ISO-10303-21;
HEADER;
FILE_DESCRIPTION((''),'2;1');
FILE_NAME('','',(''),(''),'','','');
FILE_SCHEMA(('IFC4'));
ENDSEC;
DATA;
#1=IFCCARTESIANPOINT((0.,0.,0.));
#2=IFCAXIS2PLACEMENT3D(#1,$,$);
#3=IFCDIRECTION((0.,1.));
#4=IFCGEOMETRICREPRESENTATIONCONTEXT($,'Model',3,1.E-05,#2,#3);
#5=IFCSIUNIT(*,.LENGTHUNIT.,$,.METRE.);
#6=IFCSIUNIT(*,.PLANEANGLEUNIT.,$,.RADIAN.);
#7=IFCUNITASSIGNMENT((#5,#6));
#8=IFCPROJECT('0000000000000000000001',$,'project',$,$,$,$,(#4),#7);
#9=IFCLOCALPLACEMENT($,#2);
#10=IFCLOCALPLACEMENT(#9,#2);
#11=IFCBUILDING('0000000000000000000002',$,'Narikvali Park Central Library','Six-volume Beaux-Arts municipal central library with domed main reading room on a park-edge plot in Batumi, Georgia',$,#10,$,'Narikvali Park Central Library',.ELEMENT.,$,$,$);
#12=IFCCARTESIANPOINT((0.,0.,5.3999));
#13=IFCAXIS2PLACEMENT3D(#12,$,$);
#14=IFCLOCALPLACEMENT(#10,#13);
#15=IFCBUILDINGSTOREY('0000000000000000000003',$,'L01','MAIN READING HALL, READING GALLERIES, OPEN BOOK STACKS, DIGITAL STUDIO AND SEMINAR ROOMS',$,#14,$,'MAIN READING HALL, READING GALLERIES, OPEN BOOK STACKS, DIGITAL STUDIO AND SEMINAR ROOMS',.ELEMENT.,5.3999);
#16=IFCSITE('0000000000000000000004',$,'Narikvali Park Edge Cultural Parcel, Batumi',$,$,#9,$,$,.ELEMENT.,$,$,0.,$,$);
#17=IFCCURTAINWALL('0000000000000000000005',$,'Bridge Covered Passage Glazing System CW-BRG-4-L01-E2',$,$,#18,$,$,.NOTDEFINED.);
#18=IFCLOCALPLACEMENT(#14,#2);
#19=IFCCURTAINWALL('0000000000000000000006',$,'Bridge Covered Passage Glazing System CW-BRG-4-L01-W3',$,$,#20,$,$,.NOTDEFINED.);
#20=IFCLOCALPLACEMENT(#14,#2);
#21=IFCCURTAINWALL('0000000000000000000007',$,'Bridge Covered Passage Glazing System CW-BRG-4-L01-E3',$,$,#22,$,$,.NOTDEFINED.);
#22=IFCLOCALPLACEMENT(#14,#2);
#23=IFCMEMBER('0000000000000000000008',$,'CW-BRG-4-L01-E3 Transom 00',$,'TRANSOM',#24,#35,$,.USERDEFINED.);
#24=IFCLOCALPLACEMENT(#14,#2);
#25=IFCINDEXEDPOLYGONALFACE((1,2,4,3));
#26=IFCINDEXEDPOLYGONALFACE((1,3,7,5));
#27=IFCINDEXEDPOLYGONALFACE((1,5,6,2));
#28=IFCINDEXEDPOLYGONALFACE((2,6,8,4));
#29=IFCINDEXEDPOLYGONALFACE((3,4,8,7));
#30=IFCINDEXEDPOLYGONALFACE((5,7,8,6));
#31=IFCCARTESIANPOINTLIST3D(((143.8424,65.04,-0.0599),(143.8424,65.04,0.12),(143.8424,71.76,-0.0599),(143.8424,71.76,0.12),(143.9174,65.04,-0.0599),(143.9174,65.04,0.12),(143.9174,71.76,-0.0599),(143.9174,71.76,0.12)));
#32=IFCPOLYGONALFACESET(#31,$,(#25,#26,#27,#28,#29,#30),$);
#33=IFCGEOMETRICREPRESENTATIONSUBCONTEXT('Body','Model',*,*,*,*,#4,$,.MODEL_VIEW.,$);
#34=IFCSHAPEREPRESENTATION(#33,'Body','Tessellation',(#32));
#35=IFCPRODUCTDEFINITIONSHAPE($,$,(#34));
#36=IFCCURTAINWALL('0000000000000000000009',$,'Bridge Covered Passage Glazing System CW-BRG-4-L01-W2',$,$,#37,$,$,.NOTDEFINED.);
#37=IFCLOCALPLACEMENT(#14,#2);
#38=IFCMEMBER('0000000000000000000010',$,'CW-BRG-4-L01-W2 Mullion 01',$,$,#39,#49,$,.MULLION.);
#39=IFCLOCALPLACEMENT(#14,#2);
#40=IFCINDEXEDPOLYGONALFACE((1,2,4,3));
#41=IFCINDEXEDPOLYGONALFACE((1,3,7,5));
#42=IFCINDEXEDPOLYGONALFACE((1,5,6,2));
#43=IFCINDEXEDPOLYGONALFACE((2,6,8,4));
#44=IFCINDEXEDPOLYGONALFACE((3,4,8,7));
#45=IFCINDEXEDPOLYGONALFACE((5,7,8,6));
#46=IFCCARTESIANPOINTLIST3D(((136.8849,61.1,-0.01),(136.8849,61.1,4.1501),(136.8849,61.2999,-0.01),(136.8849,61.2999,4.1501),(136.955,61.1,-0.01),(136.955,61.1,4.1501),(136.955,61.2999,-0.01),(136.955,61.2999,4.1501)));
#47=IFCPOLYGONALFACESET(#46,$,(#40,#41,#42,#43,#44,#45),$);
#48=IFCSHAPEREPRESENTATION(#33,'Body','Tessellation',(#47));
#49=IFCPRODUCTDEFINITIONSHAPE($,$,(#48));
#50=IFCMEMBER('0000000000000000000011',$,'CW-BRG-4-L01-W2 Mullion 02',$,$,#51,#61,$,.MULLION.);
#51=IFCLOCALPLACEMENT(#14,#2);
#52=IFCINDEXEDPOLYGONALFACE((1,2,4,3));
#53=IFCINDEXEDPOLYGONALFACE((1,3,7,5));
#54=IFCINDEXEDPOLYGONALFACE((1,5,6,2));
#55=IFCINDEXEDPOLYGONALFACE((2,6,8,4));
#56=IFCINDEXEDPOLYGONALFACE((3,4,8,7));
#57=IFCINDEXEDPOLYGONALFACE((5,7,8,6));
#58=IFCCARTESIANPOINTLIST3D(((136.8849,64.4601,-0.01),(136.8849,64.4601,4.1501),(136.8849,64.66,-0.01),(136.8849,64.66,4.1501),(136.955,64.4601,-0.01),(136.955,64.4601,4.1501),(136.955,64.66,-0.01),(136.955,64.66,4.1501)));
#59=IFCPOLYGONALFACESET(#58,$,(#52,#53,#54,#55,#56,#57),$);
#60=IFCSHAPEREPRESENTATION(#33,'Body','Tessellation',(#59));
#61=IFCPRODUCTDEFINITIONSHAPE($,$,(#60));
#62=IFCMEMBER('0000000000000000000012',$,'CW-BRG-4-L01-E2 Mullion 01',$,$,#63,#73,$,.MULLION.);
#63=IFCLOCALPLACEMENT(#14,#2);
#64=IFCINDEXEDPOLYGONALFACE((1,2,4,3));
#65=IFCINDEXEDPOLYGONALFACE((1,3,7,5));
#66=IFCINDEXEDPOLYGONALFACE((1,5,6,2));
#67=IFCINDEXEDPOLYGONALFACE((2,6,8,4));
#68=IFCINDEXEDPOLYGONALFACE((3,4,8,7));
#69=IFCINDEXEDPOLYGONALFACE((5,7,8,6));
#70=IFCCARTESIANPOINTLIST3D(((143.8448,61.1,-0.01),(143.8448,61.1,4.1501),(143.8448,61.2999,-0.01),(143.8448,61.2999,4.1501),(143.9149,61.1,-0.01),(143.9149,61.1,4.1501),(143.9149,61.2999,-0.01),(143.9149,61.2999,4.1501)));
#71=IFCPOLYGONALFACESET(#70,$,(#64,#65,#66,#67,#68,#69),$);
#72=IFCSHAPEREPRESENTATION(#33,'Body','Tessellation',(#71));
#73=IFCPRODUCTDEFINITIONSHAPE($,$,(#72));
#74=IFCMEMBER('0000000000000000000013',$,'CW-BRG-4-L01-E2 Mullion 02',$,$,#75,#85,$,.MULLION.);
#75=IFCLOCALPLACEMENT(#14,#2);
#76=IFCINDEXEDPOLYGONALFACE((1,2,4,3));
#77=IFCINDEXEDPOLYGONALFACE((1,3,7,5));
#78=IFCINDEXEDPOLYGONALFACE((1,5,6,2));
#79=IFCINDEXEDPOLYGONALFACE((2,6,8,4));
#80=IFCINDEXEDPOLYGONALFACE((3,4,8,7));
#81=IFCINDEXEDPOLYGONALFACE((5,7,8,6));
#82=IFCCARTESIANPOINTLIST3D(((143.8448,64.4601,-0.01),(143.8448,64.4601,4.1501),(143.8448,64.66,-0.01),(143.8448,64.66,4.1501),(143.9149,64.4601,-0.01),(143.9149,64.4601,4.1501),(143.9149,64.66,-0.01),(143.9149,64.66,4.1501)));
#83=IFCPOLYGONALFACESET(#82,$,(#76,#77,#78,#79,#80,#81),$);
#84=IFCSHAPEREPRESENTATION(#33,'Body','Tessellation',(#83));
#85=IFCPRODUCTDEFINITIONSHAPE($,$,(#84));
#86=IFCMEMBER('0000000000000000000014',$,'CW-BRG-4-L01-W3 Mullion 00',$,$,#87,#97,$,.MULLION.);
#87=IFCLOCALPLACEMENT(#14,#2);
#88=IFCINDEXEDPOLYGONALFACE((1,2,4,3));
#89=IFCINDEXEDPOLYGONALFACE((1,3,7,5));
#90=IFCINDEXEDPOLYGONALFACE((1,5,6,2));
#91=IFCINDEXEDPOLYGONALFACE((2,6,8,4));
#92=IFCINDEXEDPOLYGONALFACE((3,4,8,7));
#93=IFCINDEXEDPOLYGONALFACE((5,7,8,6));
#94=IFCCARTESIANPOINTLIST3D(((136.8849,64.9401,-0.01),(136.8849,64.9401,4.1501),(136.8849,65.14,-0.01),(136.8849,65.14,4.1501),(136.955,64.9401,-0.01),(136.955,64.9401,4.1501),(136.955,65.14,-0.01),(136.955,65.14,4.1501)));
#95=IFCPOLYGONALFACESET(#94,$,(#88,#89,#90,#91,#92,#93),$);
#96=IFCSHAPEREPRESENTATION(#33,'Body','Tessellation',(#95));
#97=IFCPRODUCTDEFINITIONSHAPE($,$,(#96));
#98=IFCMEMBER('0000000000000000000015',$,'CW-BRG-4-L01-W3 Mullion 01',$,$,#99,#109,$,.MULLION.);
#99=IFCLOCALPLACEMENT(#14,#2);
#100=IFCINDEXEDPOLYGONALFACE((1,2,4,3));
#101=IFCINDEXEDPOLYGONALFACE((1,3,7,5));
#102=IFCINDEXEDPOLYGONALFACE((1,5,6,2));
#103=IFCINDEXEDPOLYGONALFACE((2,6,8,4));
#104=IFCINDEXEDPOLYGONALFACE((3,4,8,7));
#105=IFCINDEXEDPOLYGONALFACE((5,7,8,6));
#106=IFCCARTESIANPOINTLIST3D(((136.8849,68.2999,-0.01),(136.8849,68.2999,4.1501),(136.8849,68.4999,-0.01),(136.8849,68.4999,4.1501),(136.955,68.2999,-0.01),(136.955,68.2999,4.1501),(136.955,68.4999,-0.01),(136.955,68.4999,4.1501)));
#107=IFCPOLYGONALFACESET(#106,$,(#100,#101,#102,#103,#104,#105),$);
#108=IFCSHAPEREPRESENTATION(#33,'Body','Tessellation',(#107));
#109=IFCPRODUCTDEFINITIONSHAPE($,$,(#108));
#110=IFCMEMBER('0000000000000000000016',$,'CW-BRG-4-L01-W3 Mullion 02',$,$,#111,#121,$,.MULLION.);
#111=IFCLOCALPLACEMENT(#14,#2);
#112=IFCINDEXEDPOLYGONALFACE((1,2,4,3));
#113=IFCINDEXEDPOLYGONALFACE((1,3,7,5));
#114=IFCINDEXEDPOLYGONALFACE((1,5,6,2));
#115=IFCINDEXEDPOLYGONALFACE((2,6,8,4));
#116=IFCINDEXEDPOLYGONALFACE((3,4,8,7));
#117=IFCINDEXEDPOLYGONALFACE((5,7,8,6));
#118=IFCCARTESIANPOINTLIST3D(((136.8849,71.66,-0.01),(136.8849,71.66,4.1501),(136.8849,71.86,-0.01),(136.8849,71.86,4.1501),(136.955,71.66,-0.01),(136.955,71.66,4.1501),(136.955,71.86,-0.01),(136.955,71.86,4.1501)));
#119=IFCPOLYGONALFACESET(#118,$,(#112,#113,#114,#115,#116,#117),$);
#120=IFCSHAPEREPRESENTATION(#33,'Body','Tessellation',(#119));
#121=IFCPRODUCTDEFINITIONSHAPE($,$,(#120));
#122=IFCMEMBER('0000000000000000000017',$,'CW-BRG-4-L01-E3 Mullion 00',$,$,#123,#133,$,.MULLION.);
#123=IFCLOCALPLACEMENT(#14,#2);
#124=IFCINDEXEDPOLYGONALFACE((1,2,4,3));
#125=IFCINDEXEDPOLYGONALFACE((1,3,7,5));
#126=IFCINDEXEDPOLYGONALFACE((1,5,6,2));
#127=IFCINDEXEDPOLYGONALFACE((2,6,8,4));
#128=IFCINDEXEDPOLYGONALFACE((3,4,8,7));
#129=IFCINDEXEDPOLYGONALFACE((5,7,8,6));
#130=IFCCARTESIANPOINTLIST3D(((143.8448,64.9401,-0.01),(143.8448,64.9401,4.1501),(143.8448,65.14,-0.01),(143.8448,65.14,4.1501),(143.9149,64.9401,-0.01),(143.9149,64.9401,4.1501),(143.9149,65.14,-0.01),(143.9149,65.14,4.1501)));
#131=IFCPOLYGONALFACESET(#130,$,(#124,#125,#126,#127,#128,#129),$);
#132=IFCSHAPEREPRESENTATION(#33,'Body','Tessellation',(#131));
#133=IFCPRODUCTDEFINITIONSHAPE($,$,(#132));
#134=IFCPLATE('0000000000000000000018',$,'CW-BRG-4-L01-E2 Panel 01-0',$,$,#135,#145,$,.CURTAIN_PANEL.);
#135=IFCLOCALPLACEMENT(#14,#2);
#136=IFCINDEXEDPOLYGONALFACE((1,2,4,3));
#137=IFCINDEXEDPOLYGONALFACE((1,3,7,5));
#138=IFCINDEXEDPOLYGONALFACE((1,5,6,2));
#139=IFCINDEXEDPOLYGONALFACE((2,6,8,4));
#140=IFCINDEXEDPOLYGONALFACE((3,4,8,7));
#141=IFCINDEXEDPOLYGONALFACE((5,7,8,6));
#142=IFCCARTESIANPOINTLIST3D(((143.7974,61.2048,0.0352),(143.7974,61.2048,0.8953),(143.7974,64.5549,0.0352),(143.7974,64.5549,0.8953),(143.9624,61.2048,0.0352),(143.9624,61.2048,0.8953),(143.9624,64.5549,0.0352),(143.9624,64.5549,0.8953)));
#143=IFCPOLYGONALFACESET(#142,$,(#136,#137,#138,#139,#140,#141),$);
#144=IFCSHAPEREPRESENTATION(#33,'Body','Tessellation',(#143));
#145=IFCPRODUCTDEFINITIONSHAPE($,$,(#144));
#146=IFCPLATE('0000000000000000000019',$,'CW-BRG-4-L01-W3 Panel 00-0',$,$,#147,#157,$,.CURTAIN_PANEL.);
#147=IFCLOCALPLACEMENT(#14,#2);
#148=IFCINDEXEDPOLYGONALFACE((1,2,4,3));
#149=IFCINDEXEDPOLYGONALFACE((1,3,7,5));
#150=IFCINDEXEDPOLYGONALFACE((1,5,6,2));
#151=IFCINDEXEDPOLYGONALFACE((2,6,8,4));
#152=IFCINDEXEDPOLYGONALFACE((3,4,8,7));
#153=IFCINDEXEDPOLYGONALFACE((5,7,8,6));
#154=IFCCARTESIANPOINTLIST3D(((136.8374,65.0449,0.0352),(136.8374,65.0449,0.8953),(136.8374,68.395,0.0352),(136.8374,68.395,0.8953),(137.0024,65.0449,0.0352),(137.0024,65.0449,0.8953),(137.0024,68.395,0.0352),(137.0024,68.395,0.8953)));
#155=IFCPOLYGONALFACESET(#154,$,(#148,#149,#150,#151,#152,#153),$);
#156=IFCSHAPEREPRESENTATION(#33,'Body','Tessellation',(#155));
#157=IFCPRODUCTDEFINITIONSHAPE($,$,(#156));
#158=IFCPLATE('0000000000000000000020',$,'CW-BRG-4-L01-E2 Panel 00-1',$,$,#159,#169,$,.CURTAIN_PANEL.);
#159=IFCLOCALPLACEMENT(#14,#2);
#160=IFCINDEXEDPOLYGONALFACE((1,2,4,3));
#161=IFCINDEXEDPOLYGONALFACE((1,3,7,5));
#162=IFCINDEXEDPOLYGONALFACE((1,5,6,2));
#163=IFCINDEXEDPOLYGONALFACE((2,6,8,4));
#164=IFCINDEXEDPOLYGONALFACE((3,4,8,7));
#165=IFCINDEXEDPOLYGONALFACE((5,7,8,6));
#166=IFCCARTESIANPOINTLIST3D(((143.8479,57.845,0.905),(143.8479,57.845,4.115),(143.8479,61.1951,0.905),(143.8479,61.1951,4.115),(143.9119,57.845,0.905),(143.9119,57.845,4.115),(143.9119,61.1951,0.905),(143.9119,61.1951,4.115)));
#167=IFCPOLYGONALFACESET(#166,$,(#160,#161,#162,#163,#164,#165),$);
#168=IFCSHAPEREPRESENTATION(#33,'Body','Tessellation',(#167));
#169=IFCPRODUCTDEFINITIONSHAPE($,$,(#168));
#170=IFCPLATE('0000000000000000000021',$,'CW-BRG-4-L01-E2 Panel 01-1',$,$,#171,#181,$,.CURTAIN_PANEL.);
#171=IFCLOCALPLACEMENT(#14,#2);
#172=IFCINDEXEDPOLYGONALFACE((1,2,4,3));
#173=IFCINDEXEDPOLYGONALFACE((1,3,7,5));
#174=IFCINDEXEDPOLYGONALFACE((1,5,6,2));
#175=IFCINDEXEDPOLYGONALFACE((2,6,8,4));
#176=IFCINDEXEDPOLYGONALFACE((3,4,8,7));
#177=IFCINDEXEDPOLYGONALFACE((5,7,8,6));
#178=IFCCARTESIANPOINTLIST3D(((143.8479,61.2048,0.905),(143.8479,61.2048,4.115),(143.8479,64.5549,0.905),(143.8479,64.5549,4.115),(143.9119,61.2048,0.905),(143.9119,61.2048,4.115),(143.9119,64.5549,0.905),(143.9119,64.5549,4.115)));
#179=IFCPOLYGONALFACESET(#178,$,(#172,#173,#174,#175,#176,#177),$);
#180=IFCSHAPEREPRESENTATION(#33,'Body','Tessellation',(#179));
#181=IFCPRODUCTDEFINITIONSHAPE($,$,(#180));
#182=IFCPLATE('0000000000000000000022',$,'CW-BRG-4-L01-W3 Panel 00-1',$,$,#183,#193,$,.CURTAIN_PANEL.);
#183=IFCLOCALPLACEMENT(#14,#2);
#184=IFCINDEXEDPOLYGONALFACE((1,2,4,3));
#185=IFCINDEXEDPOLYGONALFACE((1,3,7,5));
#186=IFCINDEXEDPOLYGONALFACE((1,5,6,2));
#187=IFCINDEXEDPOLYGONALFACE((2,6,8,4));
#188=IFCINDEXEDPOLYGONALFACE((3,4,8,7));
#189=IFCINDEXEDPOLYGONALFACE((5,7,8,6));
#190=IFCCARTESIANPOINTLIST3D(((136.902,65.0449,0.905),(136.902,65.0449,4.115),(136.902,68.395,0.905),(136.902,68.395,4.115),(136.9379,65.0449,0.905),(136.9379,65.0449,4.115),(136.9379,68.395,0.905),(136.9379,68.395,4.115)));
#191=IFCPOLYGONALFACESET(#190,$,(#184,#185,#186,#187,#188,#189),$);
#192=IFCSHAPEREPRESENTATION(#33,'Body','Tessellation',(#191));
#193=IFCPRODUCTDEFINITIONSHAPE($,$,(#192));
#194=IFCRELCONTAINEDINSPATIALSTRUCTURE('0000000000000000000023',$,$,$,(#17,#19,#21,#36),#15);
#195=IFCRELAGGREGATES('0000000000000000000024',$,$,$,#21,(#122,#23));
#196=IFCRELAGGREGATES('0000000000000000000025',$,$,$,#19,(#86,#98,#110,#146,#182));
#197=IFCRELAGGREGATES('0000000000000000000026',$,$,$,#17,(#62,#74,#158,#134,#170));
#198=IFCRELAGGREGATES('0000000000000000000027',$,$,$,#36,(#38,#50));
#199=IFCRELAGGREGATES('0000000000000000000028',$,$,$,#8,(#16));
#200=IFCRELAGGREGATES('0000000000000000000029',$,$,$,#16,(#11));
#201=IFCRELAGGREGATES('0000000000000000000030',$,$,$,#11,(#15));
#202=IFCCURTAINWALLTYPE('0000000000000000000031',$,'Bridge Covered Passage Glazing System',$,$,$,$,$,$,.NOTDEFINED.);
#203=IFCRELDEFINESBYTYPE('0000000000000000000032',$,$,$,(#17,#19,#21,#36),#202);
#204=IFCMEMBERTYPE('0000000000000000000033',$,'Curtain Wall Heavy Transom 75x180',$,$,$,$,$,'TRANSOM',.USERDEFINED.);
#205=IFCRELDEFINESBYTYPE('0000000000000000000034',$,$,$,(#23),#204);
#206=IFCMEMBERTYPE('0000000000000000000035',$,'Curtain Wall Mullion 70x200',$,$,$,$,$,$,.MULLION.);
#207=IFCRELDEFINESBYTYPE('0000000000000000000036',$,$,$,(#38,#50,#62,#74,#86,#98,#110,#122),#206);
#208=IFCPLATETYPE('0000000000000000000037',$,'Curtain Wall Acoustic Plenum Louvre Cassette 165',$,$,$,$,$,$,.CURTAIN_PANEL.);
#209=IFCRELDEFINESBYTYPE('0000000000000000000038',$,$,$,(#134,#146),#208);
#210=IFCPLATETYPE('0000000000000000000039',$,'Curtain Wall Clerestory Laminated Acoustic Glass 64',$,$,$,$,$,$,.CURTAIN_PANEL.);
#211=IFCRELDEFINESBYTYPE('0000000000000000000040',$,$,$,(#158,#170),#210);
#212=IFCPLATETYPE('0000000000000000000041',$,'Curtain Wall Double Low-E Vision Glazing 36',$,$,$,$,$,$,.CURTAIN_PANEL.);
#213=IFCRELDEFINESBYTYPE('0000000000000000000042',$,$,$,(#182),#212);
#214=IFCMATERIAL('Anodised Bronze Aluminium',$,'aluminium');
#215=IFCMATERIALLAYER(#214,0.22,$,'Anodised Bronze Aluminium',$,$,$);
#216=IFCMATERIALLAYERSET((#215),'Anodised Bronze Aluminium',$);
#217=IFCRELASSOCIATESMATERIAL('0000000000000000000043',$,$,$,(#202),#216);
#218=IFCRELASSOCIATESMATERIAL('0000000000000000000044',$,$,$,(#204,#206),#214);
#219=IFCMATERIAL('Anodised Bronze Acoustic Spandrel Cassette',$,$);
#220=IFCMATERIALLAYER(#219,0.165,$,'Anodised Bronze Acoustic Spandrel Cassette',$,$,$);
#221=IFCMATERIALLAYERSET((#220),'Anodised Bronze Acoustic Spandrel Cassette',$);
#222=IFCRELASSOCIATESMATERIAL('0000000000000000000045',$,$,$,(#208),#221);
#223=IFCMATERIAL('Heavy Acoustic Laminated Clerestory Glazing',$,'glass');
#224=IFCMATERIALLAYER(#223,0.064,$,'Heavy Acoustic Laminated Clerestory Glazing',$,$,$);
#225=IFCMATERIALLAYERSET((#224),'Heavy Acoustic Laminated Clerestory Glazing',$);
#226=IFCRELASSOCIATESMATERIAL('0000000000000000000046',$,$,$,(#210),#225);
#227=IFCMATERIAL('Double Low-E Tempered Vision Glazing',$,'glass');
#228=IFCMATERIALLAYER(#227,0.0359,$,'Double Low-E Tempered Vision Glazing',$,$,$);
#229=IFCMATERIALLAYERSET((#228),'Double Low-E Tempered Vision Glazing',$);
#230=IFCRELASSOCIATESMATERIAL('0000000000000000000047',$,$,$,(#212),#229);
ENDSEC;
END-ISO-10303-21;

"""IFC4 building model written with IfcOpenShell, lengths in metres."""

from ifc_helpers import new_model, si_unit, direction, frame, origin, origin_2d, place, context, subcontext, project, spatial, rectangle, extrude, material, layer, layer_set, material_profile, profile_set, type_object, element, aggregate, save


model = new_model("IFC4")

# Units and contexts
model_context = context("Model", 3, precision=1e-05, world=origin(), true_north=direction((0.0, 1.0)))
body_context = subcontext(model_context, "Body", "Model", "MODEL_VIEW")
ifc_project = project(units=[si_unit("LENGTHUNIT", "METRE"), si_unit("PLANEANGLEUNIT", "RADIAN")], contexts=[model_context])

# Site, building, storey
site_placement = place(None, origin())
site = spatial("IfcSite", under=ifc_project, at=site_placement, Name="Narikvali Park Edge Cultural Parcel, Batumi", CompositionType="ELEMENT", RefElevation=0.0)
building_placement = place(site_placement, origin())
building = spatial("IfcBuilding", under=site, at=building_placement, Name="Narikvali Park Central Library", Description="Six-volume Beaux-Arts municipal central library with domed main reading room on a park-edge plot in Batumi, Georgia", LongName="Narikvali Park Central Library", CompositionType="ELEMENT")
storey_placement = place(building_placement, frame((0.0, 0.0, 5.3999)))
storey = spatial("IfcBuildingStorey", under=building, at=storey_placement, Name="L01", Description="MAIN READING HALL, READING GALLERIES, OPEN BOOK STACKS, DIGITAL STUDIO AND SEMINAR ROOMS", LongName="MAIN READING HALL, READING GALLERIES, OPEN BOOK STACKS, DIGITAL STUDIO AND SEMINAR ROOMS", CompositionType="ELEMENT", Elevation=5.3999)

# Curtain wall
ifc_material_1 = material(Name="Anodised Bronze Aluminium", Category="aluminium")
ifc_layer_1 = layer(ifc_material_1, 0.22, Name="Anodised Bronze Aluminium")
ifc_layer_set_1 = layer_set([ifc_layer_1], Name="Anodised Bronze Aluminium")
curtain_wall_type = type_object("IfcCurtainWallType", Name="Bridge Covered Passage Glazing System", PredefinedType="NOTDEFINED", material=ifc_layer_set_1)
curtain_wall_1_placement = place(storey_placement, origin())
curtain_wall_1 = element("IfcCurtainWall", 1, at=curtain_wall_1_placement, inside=storey, type_object=curtain_wall_type, Name="Bridge Covered Passage Glazing System CW-BRG-4-L01-E2", PredefinedType="NOTDEFINED")
ifc_material_profile_1 = material_profile(ifc_material_1, rectangle(XDim=0.075, YDim=0.1799, at=origin_2d()), Name="CW TRANSOM 75x180")
ifc_profile_set_1 = profile_set([ifc_material_profile_1], Name="Anodised Bronze Aluminium")
member_type_1 = type_object("IfcMemberType", Name="Curtain Wall Heavy Transom 75x180", ElementType="TRANSOM", PredefinedType="USERDEFINED", material=ifc_profile_set_1)

# Curtain wall
curtain_wall_2_placement = place(storey_placement, origin())
curtain_wall_2 = element("IfcCurtainWall", 2, at=curtain_wall_2_placement, inside=storey, type_object=curtain_wall_type, Name="Bridge Covered Passage Glazing System CW-BRG-4-L01-W3", PredefinedType="NOTDEFINED")

# Curtain wall, member
curtain_wall_3_placement = place(storey_placement, origin())
curtain_wall_3 = element("IfcCurtainWall", 3, at=curtain_wall_3_placement, inside=storey, type_object=curtain_wall_type, Name="Bridge Covered Passage Glazing System CW-BRG-4-L01-E3", PredefinedType="NOTDEFINED")
member_1_placement = place(storey_placement, frame((143.8799, 65.04, 0.03), z_axis=(0.0, 1.0, 0.0), x_axis=(-1.0, 0.0, 0.0)))
member_1 = element("IfcMember", 4, at=member_1_placement, type_object=member_type_1, Name="CW-BRG-4-L01-E3 Transom 00", ObjectType="TRANSOM", PredefinedType="USERDEFINED", context=body_context, shape_type="SweptSolid", body=[
    extrude(rectangle(XDim=0.075, YDim=0.1799, at=origin_2d()), origin(), (0.0, 0.0, 1.0), 6.72),
])

# Curtain wall, members
curtain_wall_4_placement = place(storey_placement, origin())
curtain_wall_4 = element("IfcCurtainWall", 5, at=curtain_wall_4_placement, inside=storey, type_object=curtain_wall_type, Name="Bridge Covered Passage Glazing System CW-BRG-4-L01-W2", PredefinedType="NOTDEFINED")
ifc_material_profile_2 = material_profile(ifc_material_1, rectangle(XDim=0.0701, YDim=0.2, at=origin_2d()), Name="CW MULLION 70x200")
ifc_profile_set_2 = profile_set([ifc_material_profile_2], Name="Anodised Bronze Aluminium")
member_type_2 = type_object("IfcMemberType", Name="Curtain Wall Mullion 70x200", PredefinedType="MULLION", material=ifc_profile_set_2)
member_2_placement = place(storey_placement, frame((136.9199, 61.2, -0.01), z_axis=(0.0, 0.0, 1.0), x_axis=(1.0, 0.0, 0.0)))
member_2 = element("IfcMember", 6, at=member_2_placement, type_object=member_type_2, Name="CW-BRG-4-L01-W2 Mullion 01", PredefinedType="MULLION", context=body_context, shape_type="SweptSolid", body=[
    extrude(rectangle(XDim=0.0701, YDim=0.2, at=origin_2d()), origin(), (0.0, 0.0, 1.0), 4.1602),
])
member_3_placement = place(storey_placement, frame((136.9199, 64.5601, -0.01), z_axis=(0.0, 0.0, 1.0), x_axis=(1.0, 0.0, 0.0)))
member_3 = element("IfcMember", 7, at=member_3_placement, type_object=member_type_2, Name="CW-BRG-4-L01-W2 Mullion 02", PredefinedType="MULLION", context=body_context, shape_type="SweptSolid", body=[
    extrude(rectangle(XDim=0.0701, YDim=0.2, at=origin_2d()), origin(), (0.0, 0.0, 1.0), 4.1602),
])

# Members
member_4_placement = place(storey_placement, frame((143.8799, 61.2, -0.01), z_axis=(0.0, 0.0, 1.0), x_axis=(1.0, 0.0, 0.0)))
member_4 = element("IfcMember", 8, at=member_4_placement, type_object=member_type_2, Name="CW-BRG-4-L01-E2 Mullion 01", PredefinedType="MULLION", context=body_context, shape_type="SweptSolid", body=[
    extrude(rectangle(XDim=0.0701, YDim=0.2, at=origin_2d()), origin(), (0.0, 0.0, 1.0), 4.1602),
])
member_5_placement = place(storey_placement, frame((143.8799, 64.5601, -0.01), z_axis=(0.0, 0.0, 1.0), x_axis=(1.0, 0.0, 0.0)))
member_5 = element("IfcMember", 9, at=member_5_placement, type_object=member_type_2, Name="CW-BRG-4-L01-E2 Mullion 02", PredefinedType="MULLION", context=body_context, shape_type="SweptSolid", body=[
    extrude(rectangle(XDim=0.0701, YDim=0.2, at=origin_2d()), origin(), (0.0, 0.0, 1.0), 4.1602),
])
member_6_placement = place(storey_placement, frame((136.9199, 65.04, -0.01), z_axis=(0.0, 0.0, 1.0), x_axis=(1.0, 0.0, 0.0)))
member_6 = element("IfcMember", 10, at=member_6_placement, type_object=member_type_2, Name="CW-BRG-4-L01-W3 Mullion 00", PredefinedType="MULLION", context=body_context, shape_type="SweptSolid", body=[
    extrude(rectangle(XDim=0.0701, YDim=0.2, at=origin_2d()), origin(), (0.0, 0.0, 1.0), 4.1602),
])
member_7_placement = place(storey_placement, frame((136.9199, 68.3999, -0.01), z_axis=(0.0, 0.0, 1.0), x_axis=(1.0, 0.0, 0.0)))
member_7 = element("IfcMember", 11, at=member_7_placement, type_object=member_type_2, Name="CW-BRG-4-L01-W3 Mullion 01", PredefinedType="MULLION", context=body_context, shape_type="SweptSolid", body=[
    extrude(rectangle(XDim=0.0701, YDim=0.2, at=origin_2d()), origin(), (0.0, 0.0, 1.0), 4.1602),
])
member_8_placement = place(storey_placement, frame((136.9199, 71.76, -0.01), z_axis=(0.0, 0.0, 1.0), x_axis=(1.0, 0.0, 0.0)))
member_8 = element("IfcMember", 12, at=member_8_placement, type_object=member_type_2, Name="CW-BRG-4-L01-W3 Mullion 02", PredefinedType="MULLION", context=body_context, shape_type="SweptSolid", body=[
    extrude(rectangle(XDim=0.0701, YDim=0.2, at=origin_2d()), origin(), (0.0, 0.0, 1.0), 4.1602),
])
member_9_placement = place(storey_placement, frame((143.8799, 65.04, -0.01), z_axis=(0.0, 0.0, 1.0), x_axis=(1.0, 0.0, 0.0)))
member_9 = element("IfcMember", 13, at=member_9_placement, type_object=member_type_2, Name="CW-BRG-4-L01-E3 Mullion 00", PredefinedType="MULLION", context=body_context, shape_type="SweptSolid", body=[
    extrude(rectangle(XDim=0.0701, YDim=0.2, at=origin_2d()), origin(), (0.0, 0.0, 1.0), 4.1602),
])
aggregate(curtain_wall_3, [member_9, member_1])

# Plates
ifc_material_2 = material(Name="Anodised Bronze Acoustic Spandrel Cassette")
ifc_layer_2 = layer(ifc_material_2, 0.165, Name="Anodised Bronze Acoustic Spandrel Cassette")
ifc_layer_set_2 = layer_set([ifc_layer_2], Name="Anodised Bronze Acoustic Spandrel Cassette")
plate_type_1 = type_object("IfcPlateType", Name="Curtain Wall Acoustic Plenum Louvre Cassette 165", PredefinedType="CURTAIN_PANEL", material=ifc_layer_set_2)
plate_1_placement = place(storey_placement, frame((143.8799, 62.8799, 0.0352), z_axis=(0.0, 0.0, 1.0), x_axis=(0.0, 1.0, 0.0)))
plate_1 = element("IfcPlate", 14, at=plate_1_placement, type_object=plate_type_1, Name="CW-BRG-4-L01-E2 Panel 01-0", PredefinedType="CURTAIN_PANEL", context=body_context, shape_type="SweptSolid", body=[
    extrude(rectangle(XDim=3.3501, YDim=0.165, at=origin_2d()), origin(), (0.0, 0.0, 1.0), 0.8601),
])
plate_2_placement = place(storey_placement, frame((136.9199, 66.72, 0.0352), z_axis=(0.0, 0.0, 1.0), x_axis=(0.0, 1.0, 0.0)))
plate_2 = element("IfcPlate", 15, at=plate_2_placement, type_object=plate_type_1, Name="CW-BRG-4-L01-W3 Panel 00-0", PredefinedType="CURTAIN_PANEL", context=body_context, shape_type="SweptSolid", body=[
    extrude(rectangle(XDim=3.3501, YDim=0.165, at=origin_2d()), origin(), (0.0, 0.0, 1.0), 0.8601),
])
ifc_material_3 = material(Name="Heavy Acoustic Laminated Clerestory Glazing", Category="glass")
ifc_layer_3 = layer(ifc_material_3, 0.064, Name="Heavy Acoustic Laminated Clerestory Glazing")
ifc_layer_set_3 = layer_set([ifc_layer_3], Name="Heavy Acoustic Laminated Clerestory Glazing")
plate_type_2 = type_object("IfcPlateType", Name="Curtain Wall Clerestory Laminated Acoustic Glass 64", PredefinedType="CURTAIN_PANEL", material=ifc_layer_set_3)
plate_3_placement = place(storey_placement, frame((143.8799, 59.52, 0.905), z_axis=(0.0, 0.0, 1.0), x_axis=(0.0, 1.0, 0.0)))
plate_3 = element("IfcPlate", 16, at=plate_3_placement, type_object=plate_type_2, Name="CW-BRG-4-L01-E2 Panel 00-1", PredefinedType="CURTAIN_PANEL", context=body_context, shape_type="SweptSolid", body=[
    extrude(rectangle(XDim=3.3501, YDim=0.064, at=origin_2d()), origin(), (0.0, 0.0, 1.0), 3.21),
])
plate_4_placement = place(storey_placement, frame((143.8799, 62.8799, 0.905), z_axis=(0.0, 0.0, 1.0), x_axis=(0.0, 1.0, 0.0)))
plate_4 = element("IfcPlate", 17, at=plate_4_placement, type_object=plate_type_2, Name="CW-BRG-4-L01-E2 Panel 01-1", PredefinedType="CURTAIN_PANEL", context=body_context, shape_type="SweptSolid", body=[
    extrude(rectangle(XDim=3.3501, YDim=0.064, at=origin_2d()), origin(), (0.0, 0.0, 1.0), 3.21),
])
ifc_material_4 = material(Name="Double Low-E Tempered Vision Glazing", Category="glass")
ifc_layer_4 = layer(ifc_material_4, 0.0359, Name="Double Low-E Tempered Vision Glazing")
ifc_layer_set_4 = layer_set([ifc_layer_4], Name="Double Low-E Tempered Vision Glazing")
plate_type_3 = type_object("IfcPlateType", Name="Curtain Wall Double Low-E Vision Glazing 36", PredefinedType="CURTAIN_PANEL", material=ifc_layer_set_4)
plate_5_placement = place(storey_placement, frame((136.9199, 66.72, 0.905), z_axis=(0.0, 0.0, 1.0), x_axis=(0.0, 1.0, 0.0)))
plate_5 = element("IfcPlate", 18, at=plate_5_placement, type_object=plate_type_3, Name="CW-BRG-4-L01-W3 Panel 00-1", PredefinedType="CURTAIN_PANEL", context=body_context, shape_type="SweptSolid", body=[
    extrude(rectangle(XDim=3.3501, YDim=0.0359, at=origin_2d()), origin(), (0.0, 0.0, 1.0), 3.21),
])
aggregate(curtain_wall_2, [member_6, member_7, member_8, plate_2, plate_5])
aggregate(curtain_wall_1, [member_4, member_5, plate_3, plate_1, plate_4])
aggregate(curtain_wall_4, [member_2, member_3])

save(model, "model.ifc")
